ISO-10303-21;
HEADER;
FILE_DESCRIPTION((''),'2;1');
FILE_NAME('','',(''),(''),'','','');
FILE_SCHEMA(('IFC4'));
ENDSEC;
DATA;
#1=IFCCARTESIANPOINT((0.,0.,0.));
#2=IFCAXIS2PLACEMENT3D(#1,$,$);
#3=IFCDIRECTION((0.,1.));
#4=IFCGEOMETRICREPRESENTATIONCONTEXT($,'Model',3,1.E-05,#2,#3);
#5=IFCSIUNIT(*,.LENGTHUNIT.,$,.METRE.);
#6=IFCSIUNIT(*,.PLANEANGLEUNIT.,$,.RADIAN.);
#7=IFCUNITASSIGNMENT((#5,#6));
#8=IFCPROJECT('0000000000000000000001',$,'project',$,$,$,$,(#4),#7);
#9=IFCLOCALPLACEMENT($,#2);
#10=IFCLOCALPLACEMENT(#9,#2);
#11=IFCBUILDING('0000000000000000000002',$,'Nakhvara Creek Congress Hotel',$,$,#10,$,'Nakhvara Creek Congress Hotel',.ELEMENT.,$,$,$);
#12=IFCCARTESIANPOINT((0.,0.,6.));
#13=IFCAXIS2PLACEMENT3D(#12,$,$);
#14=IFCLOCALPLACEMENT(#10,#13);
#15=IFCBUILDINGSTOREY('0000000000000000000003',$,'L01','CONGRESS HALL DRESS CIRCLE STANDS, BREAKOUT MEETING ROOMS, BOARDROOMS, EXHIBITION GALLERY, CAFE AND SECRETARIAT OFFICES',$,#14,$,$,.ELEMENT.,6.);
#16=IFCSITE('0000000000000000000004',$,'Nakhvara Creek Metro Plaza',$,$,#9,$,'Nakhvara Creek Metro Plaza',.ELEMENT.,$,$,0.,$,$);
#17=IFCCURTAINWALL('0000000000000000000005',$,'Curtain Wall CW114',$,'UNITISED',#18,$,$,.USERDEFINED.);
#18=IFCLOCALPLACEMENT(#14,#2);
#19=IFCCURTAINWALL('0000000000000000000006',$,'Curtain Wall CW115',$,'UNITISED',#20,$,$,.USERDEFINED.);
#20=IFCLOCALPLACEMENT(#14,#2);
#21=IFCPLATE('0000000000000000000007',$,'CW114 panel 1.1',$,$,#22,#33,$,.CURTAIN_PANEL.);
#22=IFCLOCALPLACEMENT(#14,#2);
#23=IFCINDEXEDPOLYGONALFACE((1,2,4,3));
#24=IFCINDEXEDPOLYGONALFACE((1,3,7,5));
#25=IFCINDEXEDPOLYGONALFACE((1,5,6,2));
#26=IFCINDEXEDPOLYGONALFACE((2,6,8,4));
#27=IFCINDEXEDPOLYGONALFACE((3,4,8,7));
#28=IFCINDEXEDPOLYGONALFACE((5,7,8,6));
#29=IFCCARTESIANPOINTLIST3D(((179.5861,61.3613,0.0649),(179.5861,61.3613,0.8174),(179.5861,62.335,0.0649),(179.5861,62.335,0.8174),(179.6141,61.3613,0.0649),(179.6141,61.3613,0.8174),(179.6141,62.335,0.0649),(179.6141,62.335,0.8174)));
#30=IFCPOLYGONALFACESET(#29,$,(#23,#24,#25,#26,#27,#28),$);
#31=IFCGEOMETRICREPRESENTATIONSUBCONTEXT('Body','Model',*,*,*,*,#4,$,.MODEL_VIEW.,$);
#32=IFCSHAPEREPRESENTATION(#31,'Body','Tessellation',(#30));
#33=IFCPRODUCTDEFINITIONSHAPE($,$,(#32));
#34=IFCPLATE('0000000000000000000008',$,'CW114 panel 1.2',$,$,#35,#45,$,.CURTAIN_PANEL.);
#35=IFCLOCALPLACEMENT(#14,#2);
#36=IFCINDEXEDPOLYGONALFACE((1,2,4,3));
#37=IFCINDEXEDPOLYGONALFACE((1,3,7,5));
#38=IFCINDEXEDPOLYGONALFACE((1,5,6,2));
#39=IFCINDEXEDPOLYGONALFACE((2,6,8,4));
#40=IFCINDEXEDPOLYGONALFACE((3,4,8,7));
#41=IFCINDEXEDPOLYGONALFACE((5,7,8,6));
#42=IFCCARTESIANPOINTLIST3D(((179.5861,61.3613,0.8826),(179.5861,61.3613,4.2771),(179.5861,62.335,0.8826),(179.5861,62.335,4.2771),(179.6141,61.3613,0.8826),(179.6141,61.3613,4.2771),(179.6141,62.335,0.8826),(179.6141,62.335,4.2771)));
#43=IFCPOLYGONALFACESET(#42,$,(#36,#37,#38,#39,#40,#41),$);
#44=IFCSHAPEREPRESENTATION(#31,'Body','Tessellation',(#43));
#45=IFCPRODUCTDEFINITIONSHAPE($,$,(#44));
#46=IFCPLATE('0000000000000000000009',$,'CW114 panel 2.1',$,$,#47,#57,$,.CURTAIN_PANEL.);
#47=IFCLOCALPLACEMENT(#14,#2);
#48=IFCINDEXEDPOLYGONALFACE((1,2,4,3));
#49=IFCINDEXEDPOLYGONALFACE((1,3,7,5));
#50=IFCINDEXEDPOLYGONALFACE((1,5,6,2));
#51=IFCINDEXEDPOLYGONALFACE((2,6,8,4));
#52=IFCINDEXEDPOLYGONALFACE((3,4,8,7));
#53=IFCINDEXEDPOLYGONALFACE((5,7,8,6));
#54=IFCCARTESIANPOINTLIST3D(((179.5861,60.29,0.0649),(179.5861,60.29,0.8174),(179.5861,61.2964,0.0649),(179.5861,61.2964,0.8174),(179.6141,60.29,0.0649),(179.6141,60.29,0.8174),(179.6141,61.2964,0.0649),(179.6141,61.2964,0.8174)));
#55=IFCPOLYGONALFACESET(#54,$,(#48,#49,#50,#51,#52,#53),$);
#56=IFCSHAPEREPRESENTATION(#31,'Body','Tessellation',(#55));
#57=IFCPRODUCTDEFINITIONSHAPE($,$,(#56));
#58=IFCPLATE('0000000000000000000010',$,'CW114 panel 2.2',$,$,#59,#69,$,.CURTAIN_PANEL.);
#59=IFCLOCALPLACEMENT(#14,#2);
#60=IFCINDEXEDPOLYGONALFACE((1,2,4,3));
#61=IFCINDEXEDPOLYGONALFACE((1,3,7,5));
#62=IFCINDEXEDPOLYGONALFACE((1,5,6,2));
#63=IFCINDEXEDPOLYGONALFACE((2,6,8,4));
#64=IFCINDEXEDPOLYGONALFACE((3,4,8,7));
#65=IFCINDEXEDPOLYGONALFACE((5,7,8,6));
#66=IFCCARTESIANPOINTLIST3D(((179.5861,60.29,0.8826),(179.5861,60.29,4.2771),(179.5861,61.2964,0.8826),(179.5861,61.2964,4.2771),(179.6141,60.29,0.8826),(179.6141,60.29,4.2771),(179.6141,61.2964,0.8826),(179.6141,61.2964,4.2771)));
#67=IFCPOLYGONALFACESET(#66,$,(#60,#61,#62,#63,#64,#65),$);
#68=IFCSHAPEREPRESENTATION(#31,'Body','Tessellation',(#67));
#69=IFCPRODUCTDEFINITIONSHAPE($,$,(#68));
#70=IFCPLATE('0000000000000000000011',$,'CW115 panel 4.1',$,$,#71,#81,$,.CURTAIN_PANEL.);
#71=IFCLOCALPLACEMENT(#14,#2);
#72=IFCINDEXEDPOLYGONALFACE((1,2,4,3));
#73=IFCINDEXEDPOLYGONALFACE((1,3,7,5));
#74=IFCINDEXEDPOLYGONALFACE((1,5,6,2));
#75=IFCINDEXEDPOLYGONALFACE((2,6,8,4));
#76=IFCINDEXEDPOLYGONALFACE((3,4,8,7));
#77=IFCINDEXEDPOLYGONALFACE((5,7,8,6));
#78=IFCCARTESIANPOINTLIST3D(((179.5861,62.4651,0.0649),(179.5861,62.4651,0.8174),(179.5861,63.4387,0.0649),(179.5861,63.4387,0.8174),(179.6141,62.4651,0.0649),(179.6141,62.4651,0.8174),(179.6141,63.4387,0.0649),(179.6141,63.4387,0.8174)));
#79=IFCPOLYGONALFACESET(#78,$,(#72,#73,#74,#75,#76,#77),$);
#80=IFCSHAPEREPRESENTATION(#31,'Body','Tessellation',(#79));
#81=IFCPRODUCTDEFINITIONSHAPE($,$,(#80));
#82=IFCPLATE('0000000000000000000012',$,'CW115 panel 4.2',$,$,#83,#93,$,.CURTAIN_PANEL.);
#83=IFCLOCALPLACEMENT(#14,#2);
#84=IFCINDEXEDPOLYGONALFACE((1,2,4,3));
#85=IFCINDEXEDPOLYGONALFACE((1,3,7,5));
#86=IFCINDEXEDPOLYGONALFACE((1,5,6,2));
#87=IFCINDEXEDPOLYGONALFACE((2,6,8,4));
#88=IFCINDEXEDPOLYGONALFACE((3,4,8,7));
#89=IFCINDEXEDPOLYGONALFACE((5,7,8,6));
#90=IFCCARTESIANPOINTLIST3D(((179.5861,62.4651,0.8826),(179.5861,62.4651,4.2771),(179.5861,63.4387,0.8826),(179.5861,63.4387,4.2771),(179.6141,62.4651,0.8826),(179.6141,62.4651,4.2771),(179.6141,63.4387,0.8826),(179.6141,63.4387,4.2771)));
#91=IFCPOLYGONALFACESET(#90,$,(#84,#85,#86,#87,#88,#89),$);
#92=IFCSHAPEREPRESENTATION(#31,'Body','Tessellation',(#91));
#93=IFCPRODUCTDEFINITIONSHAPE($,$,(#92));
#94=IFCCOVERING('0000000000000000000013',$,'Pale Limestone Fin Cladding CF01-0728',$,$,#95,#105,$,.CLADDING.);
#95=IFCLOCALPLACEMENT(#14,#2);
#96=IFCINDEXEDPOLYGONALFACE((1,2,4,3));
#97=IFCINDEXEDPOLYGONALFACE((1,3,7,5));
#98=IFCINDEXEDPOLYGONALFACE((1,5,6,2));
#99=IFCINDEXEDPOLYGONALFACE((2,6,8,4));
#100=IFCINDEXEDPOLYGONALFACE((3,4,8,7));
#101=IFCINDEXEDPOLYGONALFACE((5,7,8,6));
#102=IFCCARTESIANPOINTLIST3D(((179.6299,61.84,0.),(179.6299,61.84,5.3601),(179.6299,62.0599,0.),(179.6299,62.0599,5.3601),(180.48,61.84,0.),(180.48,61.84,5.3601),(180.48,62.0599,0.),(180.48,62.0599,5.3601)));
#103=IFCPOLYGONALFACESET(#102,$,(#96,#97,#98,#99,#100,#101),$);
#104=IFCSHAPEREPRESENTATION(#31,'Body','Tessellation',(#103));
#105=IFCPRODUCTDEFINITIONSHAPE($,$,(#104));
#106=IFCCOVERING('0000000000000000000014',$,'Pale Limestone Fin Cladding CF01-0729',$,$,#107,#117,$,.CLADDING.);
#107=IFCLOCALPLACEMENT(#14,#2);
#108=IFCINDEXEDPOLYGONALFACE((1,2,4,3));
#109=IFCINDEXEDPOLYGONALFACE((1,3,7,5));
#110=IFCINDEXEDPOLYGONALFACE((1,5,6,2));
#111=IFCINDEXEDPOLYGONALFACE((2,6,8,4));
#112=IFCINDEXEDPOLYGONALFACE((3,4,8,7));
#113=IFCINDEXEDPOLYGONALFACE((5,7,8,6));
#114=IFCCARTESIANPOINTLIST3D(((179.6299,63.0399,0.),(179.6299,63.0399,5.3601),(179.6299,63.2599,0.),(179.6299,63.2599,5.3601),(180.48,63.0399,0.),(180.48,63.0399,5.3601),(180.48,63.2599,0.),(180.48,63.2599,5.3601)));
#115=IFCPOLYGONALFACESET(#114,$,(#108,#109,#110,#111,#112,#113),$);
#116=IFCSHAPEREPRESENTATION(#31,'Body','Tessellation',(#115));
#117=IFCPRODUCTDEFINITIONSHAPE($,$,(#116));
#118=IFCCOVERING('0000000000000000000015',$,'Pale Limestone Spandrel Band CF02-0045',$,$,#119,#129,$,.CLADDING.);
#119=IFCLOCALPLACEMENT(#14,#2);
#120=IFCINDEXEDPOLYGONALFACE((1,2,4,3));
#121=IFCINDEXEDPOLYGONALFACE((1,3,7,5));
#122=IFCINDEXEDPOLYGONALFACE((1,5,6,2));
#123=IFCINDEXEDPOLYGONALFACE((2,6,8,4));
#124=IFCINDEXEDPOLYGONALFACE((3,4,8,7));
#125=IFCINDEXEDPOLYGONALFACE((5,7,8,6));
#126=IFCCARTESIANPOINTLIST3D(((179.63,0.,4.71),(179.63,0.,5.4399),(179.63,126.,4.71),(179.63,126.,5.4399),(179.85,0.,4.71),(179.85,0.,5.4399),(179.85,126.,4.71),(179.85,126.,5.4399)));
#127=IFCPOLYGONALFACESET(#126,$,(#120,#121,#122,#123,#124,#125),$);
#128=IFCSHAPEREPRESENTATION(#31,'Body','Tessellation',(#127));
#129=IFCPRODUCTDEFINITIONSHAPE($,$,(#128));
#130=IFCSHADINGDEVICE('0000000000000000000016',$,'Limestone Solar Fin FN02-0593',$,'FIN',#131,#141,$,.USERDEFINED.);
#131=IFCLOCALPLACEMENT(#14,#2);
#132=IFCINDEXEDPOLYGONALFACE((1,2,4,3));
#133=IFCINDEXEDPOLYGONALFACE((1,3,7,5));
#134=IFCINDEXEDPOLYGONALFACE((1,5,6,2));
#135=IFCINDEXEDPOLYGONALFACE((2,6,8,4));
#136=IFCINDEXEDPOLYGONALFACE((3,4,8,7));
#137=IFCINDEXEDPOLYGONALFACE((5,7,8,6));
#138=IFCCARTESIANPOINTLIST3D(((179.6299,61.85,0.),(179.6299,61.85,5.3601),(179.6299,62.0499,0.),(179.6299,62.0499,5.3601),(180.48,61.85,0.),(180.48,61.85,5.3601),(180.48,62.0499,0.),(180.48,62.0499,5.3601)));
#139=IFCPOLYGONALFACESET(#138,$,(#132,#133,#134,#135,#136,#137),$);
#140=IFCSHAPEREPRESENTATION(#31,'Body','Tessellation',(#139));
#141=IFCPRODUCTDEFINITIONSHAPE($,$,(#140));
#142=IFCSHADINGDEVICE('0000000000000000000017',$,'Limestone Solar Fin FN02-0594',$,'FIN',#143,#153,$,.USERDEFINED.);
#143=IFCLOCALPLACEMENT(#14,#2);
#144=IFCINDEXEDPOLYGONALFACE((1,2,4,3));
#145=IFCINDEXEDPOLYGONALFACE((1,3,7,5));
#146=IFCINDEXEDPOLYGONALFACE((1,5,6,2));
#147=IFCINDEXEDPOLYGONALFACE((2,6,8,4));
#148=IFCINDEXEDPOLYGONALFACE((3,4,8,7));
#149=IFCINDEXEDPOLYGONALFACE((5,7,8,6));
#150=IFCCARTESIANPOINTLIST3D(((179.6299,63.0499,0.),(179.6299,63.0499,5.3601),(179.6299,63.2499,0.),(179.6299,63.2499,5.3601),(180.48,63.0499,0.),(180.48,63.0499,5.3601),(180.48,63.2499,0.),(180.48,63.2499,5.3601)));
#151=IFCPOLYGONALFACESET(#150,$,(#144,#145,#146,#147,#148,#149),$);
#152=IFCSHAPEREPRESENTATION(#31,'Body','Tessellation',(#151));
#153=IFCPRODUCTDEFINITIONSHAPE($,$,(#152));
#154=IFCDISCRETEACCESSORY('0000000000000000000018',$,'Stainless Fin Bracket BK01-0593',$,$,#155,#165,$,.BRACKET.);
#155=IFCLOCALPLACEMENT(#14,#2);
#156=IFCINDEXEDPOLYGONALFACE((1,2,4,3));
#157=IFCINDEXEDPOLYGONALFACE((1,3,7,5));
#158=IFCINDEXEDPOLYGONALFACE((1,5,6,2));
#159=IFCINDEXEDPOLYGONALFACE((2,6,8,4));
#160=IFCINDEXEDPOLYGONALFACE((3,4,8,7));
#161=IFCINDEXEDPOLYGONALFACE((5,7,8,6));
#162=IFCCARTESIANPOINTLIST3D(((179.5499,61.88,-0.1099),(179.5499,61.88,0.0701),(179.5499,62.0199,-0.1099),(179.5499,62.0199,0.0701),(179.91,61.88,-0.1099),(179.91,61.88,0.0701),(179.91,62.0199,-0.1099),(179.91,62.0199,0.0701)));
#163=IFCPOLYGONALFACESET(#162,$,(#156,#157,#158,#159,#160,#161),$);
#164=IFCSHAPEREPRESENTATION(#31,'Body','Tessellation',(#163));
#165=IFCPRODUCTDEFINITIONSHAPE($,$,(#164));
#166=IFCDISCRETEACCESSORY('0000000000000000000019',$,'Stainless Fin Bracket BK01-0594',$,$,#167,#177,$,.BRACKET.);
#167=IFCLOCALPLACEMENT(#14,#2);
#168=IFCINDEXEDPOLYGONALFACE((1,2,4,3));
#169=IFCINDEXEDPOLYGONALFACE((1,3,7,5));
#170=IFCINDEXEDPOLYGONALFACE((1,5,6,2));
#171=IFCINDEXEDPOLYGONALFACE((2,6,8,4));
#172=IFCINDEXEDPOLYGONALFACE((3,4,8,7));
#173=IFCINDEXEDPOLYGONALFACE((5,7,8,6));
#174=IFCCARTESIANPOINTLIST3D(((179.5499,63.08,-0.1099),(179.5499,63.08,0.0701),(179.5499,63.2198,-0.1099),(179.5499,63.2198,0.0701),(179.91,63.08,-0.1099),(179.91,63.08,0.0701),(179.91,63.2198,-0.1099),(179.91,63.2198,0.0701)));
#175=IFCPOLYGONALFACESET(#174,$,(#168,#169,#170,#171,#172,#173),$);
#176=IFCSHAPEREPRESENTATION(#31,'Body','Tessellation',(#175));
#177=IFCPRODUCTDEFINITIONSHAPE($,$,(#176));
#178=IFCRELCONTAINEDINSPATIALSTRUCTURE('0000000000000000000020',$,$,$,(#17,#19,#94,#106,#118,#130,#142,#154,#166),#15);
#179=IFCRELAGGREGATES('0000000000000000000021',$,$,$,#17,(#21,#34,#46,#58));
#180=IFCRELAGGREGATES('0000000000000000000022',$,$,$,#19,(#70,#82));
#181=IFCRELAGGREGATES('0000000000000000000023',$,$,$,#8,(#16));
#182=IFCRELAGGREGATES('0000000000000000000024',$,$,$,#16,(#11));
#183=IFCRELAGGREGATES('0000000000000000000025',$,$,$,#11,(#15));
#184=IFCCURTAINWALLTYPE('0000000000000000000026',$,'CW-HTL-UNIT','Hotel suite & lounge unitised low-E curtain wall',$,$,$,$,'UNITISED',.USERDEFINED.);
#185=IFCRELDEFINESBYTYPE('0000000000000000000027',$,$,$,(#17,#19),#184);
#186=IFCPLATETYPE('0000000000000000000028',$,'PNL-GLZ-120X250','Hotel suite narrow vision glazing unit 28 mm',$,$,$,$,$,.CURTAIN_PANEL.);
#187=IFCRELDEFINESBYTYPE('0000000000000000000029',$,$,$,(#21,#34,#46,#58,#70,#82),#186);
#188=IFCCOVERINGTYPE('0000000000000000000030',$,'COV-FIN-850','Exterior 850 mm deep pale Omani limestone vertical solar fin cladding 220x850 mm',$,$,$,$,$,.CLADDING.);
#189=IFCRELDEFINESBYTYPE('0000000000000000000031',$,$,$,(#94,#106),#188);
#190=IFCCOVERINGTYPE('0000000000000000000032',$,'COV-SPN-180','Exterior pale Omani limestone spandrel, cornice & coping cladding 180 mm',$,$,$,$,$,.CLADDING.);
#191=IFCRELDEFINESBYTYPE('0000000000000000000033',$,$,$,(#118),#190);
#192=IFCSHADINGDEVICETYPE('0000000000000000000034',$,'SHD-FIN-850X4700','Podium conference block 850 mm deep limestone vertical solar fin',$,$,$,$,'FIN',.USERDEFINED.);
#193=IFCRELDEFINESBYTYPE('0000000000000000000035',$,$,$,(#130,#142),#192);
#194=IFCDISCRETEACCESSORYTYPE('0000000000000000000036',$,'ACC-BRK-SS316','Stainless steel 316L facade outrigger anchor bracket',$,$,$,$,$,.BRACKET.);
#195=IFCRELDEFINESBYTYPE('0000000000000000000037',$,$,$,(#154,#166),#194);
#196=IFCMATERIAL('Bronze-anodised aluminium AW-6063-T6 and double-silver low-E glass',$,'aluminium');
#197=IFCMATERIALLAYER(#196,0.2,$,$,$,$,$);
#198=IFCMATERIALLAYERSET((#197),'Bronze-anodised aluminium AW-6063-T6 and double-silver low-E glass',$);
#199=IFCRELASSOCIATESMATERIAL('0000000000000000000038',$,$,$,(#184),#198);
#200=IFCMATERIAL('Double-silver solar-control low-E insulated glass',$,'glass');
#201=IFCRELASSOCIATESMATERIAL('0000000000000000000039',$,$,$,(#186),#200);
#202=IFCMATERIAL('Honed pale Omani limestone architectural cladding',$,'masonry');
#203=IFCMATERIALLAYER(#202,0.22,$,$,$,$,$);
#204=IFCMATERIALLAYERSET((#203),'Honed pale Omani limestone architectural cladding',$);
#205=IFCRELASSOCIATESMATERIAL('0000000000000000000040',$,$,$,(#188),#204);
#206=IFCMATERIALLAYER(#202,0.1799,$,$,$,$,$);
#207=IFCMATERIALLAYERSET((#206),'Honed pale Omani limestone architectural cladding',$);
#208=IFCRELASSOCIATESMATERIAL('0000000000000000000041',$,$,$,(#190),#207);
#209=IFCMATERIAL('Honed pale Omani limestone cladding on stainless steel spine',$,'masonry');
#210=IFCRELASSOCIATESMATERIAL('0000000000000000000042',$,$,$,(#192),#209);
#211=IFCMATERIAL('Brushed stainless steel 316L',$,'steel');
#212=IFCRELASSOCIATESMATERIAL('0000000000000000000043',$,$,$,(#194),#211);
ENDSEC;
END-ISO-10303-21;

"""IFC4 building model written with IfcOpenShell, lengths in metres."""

from ifc_helpers import new_model, si_unit, direction, frame, origin, origin_2d, place, context, subcontext, project, spatial, rectangle, extrude, material, layer, layer_set, type_object, element, aggregate, save


model = new_model("IFC4")

# Units and contexts
model_context = context("Model", 3, precision=1e-05, world=origin(), true_north=direction((0.0, 1.0)))
body_context = subcontext(model_context, "Body", "Model", "MODEL_VIEW")
ifc_project = project(units=[si_unit("LENGTHUNIT", "METRE"), si_unit("PLANEANGLEUNIT", "RADIAN")], contexts=[model_context])

# Site, building, storey
site_placement = place(None, origin())
site = spatial("IfcSite", under=ifc_project, at=site_placement, Name="Nakhvara Creek Metro Plaza", LongName="Nakhvara Creek Metro Plaza", CompositionType="ELEMENT", RefElevation=0.0)
building_placement = place(site_placement, origin())
building = spatial("IfcBuilding", under=site, at=building_placement, Name="Nakhvara Creek Congress Hotel", LongName="Nakhvara Creek Congress Hotel", CompositionType="ELEMENT")
storey_placement = place(building_placement, frame((0.0, 0.0, 6.0)))
storey = spatial("IfcBuildingStorey", under=building, at=storey_placement, Name="L01", Description="CONGRESS HALL DRESS CIRCLE STANDS, BREAKOUT MEETING ROOMS, BOARDROOMS, EXHIBITION GALLERY, CAFE AND SECRETARIAT OFFICES", CompositionType="ELEMENT", Elevation=6.0)

# Curtain wall
ifc_material_1 = material(Name="Bronze-anodised aluminium AW-6063-T6 and double-silver low-E glass", Category="aluminium")
ifc_layer_1 = layer(ifc_material_1, 0.2)
ifc_layer_set_1 = layer_set([ifc_layer_1], Name="Bronze-anodised aluminium AW-6063-T6 and double-silver low-E glass")
curtain_wall_type = type_object("IfcCurtainWallType", Name="CW-HTL-UNIT", Description="Hotel suite & lounge unitised low-E curtain wall", ElementType="UNITISED", PredefinedType="USERDEFINED", material=ifc_layer_set_1)
curtain_wall_1_placement = place(storey_placement, origin())
curtain_wall_1 = element("IfcCurtainWall", 1, at=curtain_wall_1_placement, inside=storey, type_object=curtain_wall_type, Name="Curtain Wall CW114", ObjectType="UNITISED", PredefinedType="USERDEFINED")

# Curtain wall
curtain_wall_2_placement = place(storey_placement, origin())
curtain_wall_2 = element("IfcCurtainWall", 2, at=curtain_wall_2_placement, inside=storey, type_object=curtain_wall_type, Name="Curtain Wall CW115", ObjectType="UNITISED", PredefinedType="USERDEFINED")

# Plates
ifc_material_2 = material(Name="Double-silver solar-control low-E insulated glass", Category="glass")
plate_type = type_object("IfcPlateType", Name="PNL-GLZ-120X250", Description="Hotel suite narrow vision glazing unit 28 mm", PredefinedType="CURTAIN_PANEL", material=ifc_material_2)
plate_1_placement = place(storey_placement, frame((179.6001, 61.8481, 0.0649), z_axis=(0.0, 0.0, 1.0), x_axis=(0.0, -1.0, 0.0)))
plate_1 = element("IfcPlate", 3, at=plate_1_placement, type_object=plate_type, Name="CW114 panel 1.1", PredefinedType="CURTAIN_PANEL", context=body_context, shape_type="SweptSolid", body=[
    extrude(rectangle(XDim=0.9736, YDim=0.0281, at=origin_2d()), origin(), (0.0, 0.0, 1.0), 0.7524),
])
plate_2_placement = place(storey_placement, frame((179.6001, 61.8481, 0.8826), z_axis=(0.0, 0.0, 1.0), x_axis=(0.0, -1.0, 0.0)))
plate_2 = element("IfcPlate", 4, at=plate_2_placement, type_object=plate_type, Name="CW114 panel 1.2", PredefinedType="CURTAIN_PANEL", context=body_context, shape_type="SweptSolid", body=[
    extrude(rectangle(XDim=0.9736, YDim=0.0281, at=origin_2d()), origin(), (0.0, 0.0, 1.0), 3.3945),
])
plate_3_placement = place(storey_placement, frame((179.6001, 60.7932, 0.0649), z_axis=(0.0, 0.0, 1.0), x_axis=(0.0, -1.0, 0.0)))
plate_3 = element("IfcPlate", 5, at=plate_3_placement, type_object=plate_type, Name="CW114 panel 2.1", PredefinedType="CURTAIN_PANEL", context=body_context, shape_type="SweptSolid", body=[
    extrude(rectangle(XDim=1.0063, YDim=0.0281, at=origin_2d()), origin(), (0.0, 0.0, 1.0), 0.7524),
])
plate_4_placement = place(storey_placement, frame((179.6001, 60.7932, 0.8826), z_axis=(0.0, 0.0, 1.0), x_axis=(0.0, -1.0, 0.0)))
plate_4 = element("IfcPlate", 6, at=plate_4_placement, type_object=plate_type, Name="CW114 panel 2.2", PredefinedType="CURTAIN_PANEL", context=body_context, shape_type="SweptSolid", body=[
    extrude(rectangle(XDim=1.0063, YDim=0.0281, at=origin_2d()), origin(), (0.0, 0.0, 1.0), 3.3945),
])
aggregate(curtain_wall_1, [plate_1, plate_2, plate_3, plate_4])
plate_5_placement = place(storey_placement, frame((179.6001, 62.9519, 0.0649), z_axis=(0.0, 0.0, 1.0), x_axis=(0.0, -1.0, 0.0)))
plate_5 = element("IfcPlate", 7, at=plate_5_placement, type_object=plate_type, Name="CW115 panel 4.1", PredefinedType="CURTAIN_PANEL", context=body_context, shape_type="SweptSolid", body=[
    extrude(rectangle(XDim=0.9736, YDim=0.0281, at=origin_2d()), origin(), (0.0, 0.0, 1.0), 0.7524),
])
plate_6_placement = place(storey_placement, frame((179.6001, 62.9519, 0.8826), z_axis=(0.0, 0.0, 1.0), x_axis=(0.0, -1.0, 0.0)))
plate_6 = element("IfcPlate", 8, at=plate_6_placement, type_object=plate_type, Name="CW115 panel 4.2", PredefinedType="CURTAIN_PANEL", context=body_context, shape_type="SweptSolid", body=[
    extrude(rectangle(XDim=0.9736, YDim=0.0281, at=origin_2d()), origin(), (0.0, 0.0, 1.0), 3.3945),
])
aggregate(curtain_wall_2, [plate_5, plate_6])

# Coverings
ifc_material_3 = material(Name="Honed pale Omani limestone architectural cladding", Category="masonry")
ifc_layer_2 = layer(ifc_material_3, 0.22)
ifc_layer_set_2 = layer_set([ifc_layer_2], Name="Honed pale Omani limestone architectural cladding")
covering_type_1 = type_object("IfcCoveringType", Name="COV-FIN-850", Description="Exterior 850 mm deep pale Omani limestone vertical solar fin cladding 220x850 mm", PredefinedType="CLADDING", material=ifc_layer_set_2)
for number, where, z_axis, x_axis, name in (
    (9, (180.0549, 61.95, 0.0), (0.0, 0.0, 1.0), (0.0, 1.0, 0.0), "Pale Limestone Fin Cladding CF01-0728"),
    (10, (180.0549, 63.1499, 0.0), (0.0, 0.0, 1.0), (0.0, 1.0, 0.0), "Pale Limestone Fin Cladding CF01-0729"),
):
    element("IfcCovering", number, at=place(storey_placement, frame(where, z_axis=z_axis, x_axis=x_axis)), inside=storey, type_object=covering_type_1, Name=name, PredefinedType="CLADDING", context=body_context, shape_type="SweptSolid", body=[
        extrude(rectangle(XDim=0.22, YDim=0.8501, at=origin_2d()), origin(), (0.0, 0.0, 1.0), 5.3601),
    ])
ifc_layer_3 = layer(ifc_material_3, 0.1799)
ifc_layer_set_3 = layer_set([ifc_layer_3], Name="Honed pale Omani limestone architectural cladding")
covering_type_2 = type_object("IfcCoveringType", Name="COV-SPN-180", Description="Exterior pale Omani limestone spandrel, cornice & coping cladding 180 mm", PredefinedType="CLADDING", material=ifc_layer_set_3)
covering_placement = place(storey_placement, frame((179.74, 63.0, 4.71), z_axis=(0.0, 0.0, 1.0), x_axis=(0.0, 1.0, 0.0)))
element("IfcCovering", 11, at=covering_placement, inside=storey, type_object=covering_type_2, Name="Pale Limestone Spandrel Band CF02-0045", PredefinedType="CLADDING", context=body_context, shape_type="SweptSolid", body=[
    extrude(rectangle(XDim=126.0, YDim=0.22, at=origin_2d()), origin(), (0.0, 0.0, 1.0), 0.73),
])

# Shading devices
ifc_material_4 = material(Name="Honed pale Omani limestone cladding on stainless steel spine", Category="masonry")
shading_device_type = type_object("IfcShadingDeviceType", Name="SHD-FIN-850X4700", Description="Podium conference block 850 mm deep limestone vertical solar fin", ElementType="FIN", PredefinedType="USERDEFINED", material=ifc_material_4)
for number, where, z_axis, x_axis, name in (
    (12, (180.0549, 61.95, 0.0), (0.0, 0.0, 1.0), (0.0, 1.0, 0.0), "Limestone Solar Fin FN02-0593"),
    (13, (180.0549, 63.1499, 0.0), (0.0, 0.0, 1.0), (0.0, 1.0, 0.0), "Limestone Solar Fin FN02-0594"),
):
    element("IfcShadingDevice", number, at=place(storey_placement, frame(where, z_axis=z_axis, x_axis=x_axis)), inside=storey, type_object=shading_device_type, Name=name, ObjectType="FIN", PredefinedType="USERDEFINED", context=body_context, shape_type="SweptSolid", body=[
        extrude(rectangle(XDim=0.2, YDim=0.8501, at=origin_2d()), origin(), (0.0, 0.0, 1.0), 5.3601),
    ])

# Discrete accessories
ifc_material_5 = material(Name="Brushed stainless steel 316L", Category="steel")
discrete_accessory_type = type_object("IfcDiscreteAccessoryType", Name="ACC-BRK-SS316", Description="Stainless steel 316L facade outrigger anchor bracket", PredefinedType="BRACKET", material=ifc_material_5)
for number, where, z_axis, x_axis, name in (
    (14, (179.73, 61.95, -0.1099), (0.0, 0.0, 1.0), (0.0, 1.0, 0.0), "Stainless Fin Bracket BK01-0593"),
    (15, (179.73, 63.1499, -0.1099), (0.0, 0.0, 1.0), (0.0, 1.0, 0.0), "Stainless Fin Bracket BK01-0594"),
):
    element("IfcDiscreteAccessory", number, at=place(storey_placement, frame(where, z_axis=z_axis, x_axis=x_axis)), inside=storey, type_object=discrete_accessory_type, Name=name, PredefinedType="BRACKET", context=body_context, shape_type="SweptSolid", body=[
        extrude(rectangle(XDim=0.1399, YDim=0.3601, at=origin_2d()), origin(), (0.0, 0.0, 1.0), 0.1799),
    ])

save(model, "model.ifc")
